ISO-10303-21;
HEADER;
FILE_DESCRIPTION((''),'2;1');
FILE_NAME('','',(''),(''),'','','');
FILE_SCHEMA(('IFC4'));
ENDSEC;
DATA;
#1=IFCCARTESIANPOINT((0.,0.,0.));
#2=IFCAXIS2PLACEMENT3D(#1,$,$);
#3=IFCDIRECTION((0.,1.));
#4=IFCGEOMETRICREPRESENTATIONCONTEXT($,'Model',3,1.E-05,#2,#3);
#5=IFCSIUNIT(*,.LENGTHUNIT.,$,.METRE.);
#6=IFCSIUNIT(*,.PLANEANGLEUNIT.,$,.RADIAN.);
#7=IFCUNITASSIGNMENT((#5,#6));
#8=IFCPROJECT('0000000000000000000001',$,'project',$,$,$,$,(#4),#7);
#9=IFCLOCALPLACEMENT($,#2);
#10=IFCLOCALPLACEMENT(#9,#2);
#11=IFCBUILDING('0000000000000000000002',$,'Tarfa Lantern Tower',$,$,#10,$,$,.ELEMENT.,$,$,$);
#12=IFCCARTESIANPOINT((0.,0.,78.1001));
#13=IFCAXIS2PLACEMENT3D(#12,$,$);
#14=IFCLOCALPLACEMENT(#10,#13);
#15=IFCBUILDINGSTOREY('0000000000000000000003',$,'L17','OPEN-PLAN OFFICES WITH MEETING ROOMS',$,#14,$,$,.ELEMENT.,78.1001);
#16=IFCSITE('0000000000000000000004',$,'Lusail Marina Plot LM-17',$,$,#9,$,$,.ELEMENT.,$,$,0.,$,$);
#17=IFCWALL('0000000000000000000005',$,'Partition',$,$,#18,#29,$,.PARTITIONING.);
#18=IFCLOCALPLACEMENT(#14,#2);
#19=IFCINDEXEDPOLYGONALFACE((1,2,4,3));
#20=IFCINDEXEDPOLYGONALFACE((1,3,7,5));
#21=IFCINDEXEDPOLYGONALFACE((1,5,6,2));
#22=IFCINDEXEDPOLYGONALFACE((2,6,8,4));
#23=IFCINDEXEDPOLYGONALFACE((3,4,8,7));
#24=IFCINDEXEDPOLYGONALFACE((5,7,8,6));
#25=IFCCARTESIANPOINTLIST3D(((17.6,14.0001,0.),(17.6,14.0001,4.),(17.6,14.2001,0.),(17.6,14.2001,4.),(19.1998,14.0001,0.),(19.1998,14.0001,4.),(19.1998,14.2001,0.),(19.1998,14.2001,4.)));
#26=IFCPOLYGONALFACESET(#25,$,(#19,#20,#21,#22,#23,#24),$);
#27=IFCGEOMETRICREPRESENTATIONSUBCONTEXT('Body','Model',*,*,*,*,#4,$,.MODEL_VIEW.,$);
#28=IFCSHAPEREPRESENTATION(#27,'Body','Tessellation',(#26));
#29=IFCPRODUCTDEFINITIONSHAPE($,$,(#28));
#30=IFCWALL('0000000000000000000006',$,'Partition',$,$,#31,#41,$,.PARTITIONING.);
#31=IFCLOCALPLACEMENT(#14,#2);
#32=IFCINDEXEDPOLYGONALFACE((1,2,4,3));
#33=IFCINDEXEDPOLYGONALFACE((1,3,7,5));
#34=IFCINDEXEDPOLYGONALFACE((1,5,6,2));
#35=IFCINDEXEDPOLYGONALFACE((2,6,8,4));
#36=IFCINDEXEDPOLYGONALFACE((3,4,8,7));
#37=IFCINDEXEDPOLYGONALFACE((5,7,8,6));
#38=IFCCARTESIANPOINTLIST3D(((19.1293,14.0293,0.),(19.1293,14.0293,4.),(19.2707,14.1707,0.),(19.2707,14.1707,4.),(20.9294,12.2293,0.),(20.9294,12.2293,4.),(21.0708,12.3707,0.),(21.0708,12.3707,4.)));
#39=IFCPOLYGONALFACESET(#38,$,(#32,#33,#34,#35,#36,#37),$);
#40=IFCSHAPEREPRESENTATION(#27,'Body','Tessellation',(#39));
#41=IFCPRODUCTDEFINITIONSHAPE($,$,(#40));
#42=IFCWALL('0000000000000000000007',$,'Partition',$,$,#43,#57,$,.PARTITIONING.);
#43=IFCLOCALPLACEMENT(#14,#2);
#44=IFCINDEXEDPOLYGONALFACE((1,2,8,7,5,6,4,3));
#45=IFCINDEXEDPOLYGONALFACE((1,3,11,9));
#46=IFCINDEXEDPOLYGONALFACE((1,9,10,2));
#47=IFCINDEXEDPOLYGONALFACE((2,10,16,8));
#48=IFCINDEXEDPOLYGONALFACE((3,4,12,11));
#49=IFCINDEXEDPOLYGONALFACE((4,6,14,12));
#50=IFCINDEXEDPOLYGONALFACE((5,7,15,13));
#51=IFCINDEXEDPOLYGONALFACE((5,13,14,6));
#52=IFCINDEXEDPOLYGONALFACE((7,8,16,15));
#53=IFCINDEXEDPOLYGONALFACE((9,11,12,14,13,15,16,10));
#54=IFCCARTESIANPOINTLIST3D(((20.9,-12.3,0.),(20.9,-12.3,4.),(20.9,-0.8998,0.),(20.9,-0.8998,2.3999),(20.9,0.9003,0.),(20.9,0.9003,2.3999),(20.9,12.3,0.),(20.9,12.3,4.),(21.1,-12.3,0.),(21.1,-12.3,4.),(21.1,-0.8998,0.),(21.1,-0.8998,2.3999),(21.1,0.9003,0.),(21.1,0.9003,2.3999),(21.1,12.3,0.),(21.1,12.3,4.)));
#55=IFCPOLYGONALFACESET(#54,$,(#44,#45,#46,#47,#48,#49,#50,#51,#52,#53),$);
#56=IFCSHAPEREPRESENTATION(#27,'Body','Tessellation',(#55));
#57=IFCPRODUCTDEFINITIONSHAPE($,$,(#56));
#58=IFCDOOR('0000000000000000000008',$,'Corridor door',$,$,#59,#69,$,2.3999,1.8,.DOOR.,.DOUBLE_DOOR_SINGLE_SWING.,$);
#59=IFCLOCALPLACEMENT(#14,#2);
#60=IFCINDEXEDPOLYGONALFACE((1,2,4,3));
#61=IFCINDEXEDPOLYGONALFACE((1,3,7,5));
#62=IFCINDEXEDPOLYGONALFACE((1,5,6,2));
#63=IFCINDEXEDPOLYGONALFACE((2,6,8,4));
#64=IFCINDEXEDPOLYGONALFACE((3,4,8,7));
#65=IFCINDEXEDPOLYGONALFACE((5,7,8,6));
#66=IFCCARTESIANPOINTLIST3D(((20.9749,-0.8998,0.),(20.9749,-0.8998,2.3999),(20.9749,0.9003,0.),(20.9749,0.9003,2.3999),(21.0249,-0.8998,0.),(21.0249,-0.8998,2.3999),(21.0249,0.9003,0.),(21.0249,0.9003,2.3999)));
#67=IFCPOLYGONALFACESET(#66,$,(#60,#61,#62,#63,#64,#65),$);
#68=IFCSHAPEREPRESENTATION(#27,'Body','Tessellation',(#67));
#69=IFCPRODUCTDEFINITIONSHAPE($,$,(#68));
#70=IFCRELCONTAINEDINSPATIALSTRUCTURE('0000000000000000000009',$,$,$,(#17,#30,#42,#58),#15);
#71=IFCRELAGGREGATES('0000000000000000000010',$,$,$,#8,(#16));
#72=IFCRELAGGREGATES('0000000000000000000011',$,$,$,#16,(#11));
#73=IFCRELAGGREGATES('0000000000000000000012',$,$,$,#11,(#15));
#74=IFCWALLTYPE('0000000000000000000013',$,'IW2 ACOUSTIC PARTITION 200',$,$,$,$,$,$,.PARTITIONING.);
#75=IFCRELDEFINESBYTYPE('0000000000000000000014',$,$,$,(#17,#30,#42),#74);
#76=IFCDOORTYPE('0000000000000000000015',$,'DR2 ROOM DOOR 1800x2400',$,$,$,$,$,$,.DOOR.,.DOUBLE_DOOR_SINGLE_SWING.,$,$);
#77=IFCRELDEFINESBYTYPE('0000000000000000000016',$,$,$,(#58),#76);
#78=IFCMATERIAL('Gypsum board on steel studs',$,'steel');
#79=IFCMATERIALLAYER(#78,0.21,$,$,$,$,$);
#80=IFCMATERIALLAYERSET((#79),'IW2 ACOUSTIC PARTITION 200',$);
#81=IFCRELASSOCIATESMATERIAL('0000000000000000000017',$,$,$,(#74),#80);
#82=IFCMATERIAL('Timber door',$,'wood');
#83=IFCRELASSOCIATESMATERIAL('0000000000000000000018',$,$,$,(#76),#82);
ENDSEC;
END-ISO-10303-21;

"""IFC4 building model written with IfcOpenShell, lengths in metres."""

from ifc_helpers import new_model, si_unit, direction, frame, frame_2d, origin, place, context, subcontext, project, spatial, rectangle, extrude, material, layer, layer_set, type_object, element, fill, save


model = new_model("IFC4")

# Units and contexts
model_context = context("Model", 3, precision=1e-05, world=origin(), true_north=direction((0.0, 1.0)))
body_context = subcontext(model_context, "Body", "Model", "MODEL_VIEW")
ifc_project = project(units=[si_unit("LENGTHUNIT", "METRE"), si_unit("PLANEANGLEUNIT", "RADIAN")], contexts=[model_context])

# Site, building, storey
site_placement = place(None, origin())
site = spatial("IfcSite", under=ifc_project, at=site_placement, Name="Lusail Marina Plot LM-17", CompositionType="ELEMENT", RefElevation=0.0)
building_placement = place(site_placement, origin())
building = spatial("IfcBuilding", under=site, at=building_placement, Name="Tarfa Lantern Tower", CompositionType="ELEMENT")
storey_placement = place(building_placement, frame((0.0, 0.0, 78.1001)))
storey = spatial("IfcBuildingStorey", under=building, at=storey_placement, Name="L17", Description="OPEN-PLAN OFFICES WITH MEETING ROOMS", CompositionType="ELEMENT", Elevation=78.1001)

# Walls
ifc_material_1 = material(Name="Gypsum board on steel studs", Category="steel")
ifc_layer_1 = layer(ifc_material_1, 0.21)
ifc_layer_set_1 = layer_set([ifc_layer_1], Name="IW2 ACOUSTIC PARTITION 200")
wall_type_1 = type_object("IfcWallType", Name="IW2 ACOUSTIC PARTITION 200", PredefinedType="PARTITIONING", material=ifc_layer_set_1)
wall_1_placement = place(storey_placement, frame((17.6001, 14.1001, 0.0), z_axis=(0.0, 0.0, 1.0), x_axis=(1.0, 0.0, 0.0)))
element("IfcWall", 1, at=wall_1_placement, inside=storey, type_object=wall_type_1, Name="Partition", PredefinedType="PARTITIONING", context=body_context, shape_type="SweptSolid", body=[
    extrude(rectangle(XDim=1.5999, YDim=0.2, at=frame_2d((0.7998, 0.0))), origin(), (0.0, 0.0, 1.0), 4.0),
])
wall_2_placement = place(storey_placement, frame((19.2, 14.1001, 0.0), z_axis=(0.0, 0.0, 1.0), x_axis=(0.707107, -0.707107, 0.0)))
element("IfcWall", 2, at=wall_2_placement, inside=storey, type_object=wall_type_1, Name="Partition", PredefinedType="PARTITIONING", context=body_context, shape_type="SweptSolid", body=[
    extrude(rectangle(XDim=2.5457, YDim=0.2, at=frame_2d((1.2729, 0.0))), origin(), (0.0, 0.0, 1.0), 4.0),
])

# Wall, opening, door
wall_3_placement = place(storey_placement, frame((21.0, 12.3, 0.0), z_axis=(0.0, 0.0, 1.0), x_axis=(0.0, -1.0, 0.0)))
wall_3 = element("IfcWall", 3, at=wall_3_placement, inside=storey, type_object=wall_type_1, Name="Partition", PredefinedType="PARTITIONING", context=body_context, shape_type="SweptSolid", body=[
    extrude(rectangle(XDim=24.6001, YDim=0.2, at=frame_2d((12.3, 0.0))), origin(), (0.0, 0.0, 1.0), 4.0),
])
opening_1_placement = place(wall_3_placement, frame((11.3999, 0.0, 0.0)))
opening_1 = element("IfcOpeningElement", 4, at=opening_1_placement, cuts=wall_3, PredefinedType="OPENING", context=body_context, shape_type="SweptSolid", body=[
    extrude(rectangle(XDim=1.8, YDim=2.3999, at=frame_2d((0.8999, 1.2))), frame((0.0, 0.1099, 0.0), z_axis=(0.0, -1.0, 0.0), x_axis=(1.0, 0.0, 0.0)), (0.0, 0.0, 1.0), 0.22),
])
ifc_material_2 = material(Name="Timber door", Category="wood")
door_type_1 = type_object("IfcDoorType", Name="DR2 ROOM DOOR 1800x2400", OperationType="DOUBLE_DOOR_SINGLE_SWING", PredefinedType="DOOR", material=ifc_material_2)
door_1_placement = place(opening_1_placement, origin())
door_1 = element("IfcDoor", 5, at=door_1_placement, inside=storey, type_object=door_type_1, Name="Corridor door", OperationType="DOUBLE_DOOR_SINGLE_SWING", OverallHeight=2.3999, OverallWidth=1.8, PredefinedType="DOOR", context=body_context, shape_type="SweptSolid", body=[
    extrude(rectangle(XDim=1.8, YDim=2.3999, at=frame_2d((0.8999, 1.2))), frame((0.0, 0.0249, 0.0), z_axis=(0.0, -1.0, 0.0), x_axis=(1.0, 0.0, 0.0)), (0.0, 0.0, 1.0), 0.05),
])
fill(opening_1, door_1)

save(model, "model.ifc")
